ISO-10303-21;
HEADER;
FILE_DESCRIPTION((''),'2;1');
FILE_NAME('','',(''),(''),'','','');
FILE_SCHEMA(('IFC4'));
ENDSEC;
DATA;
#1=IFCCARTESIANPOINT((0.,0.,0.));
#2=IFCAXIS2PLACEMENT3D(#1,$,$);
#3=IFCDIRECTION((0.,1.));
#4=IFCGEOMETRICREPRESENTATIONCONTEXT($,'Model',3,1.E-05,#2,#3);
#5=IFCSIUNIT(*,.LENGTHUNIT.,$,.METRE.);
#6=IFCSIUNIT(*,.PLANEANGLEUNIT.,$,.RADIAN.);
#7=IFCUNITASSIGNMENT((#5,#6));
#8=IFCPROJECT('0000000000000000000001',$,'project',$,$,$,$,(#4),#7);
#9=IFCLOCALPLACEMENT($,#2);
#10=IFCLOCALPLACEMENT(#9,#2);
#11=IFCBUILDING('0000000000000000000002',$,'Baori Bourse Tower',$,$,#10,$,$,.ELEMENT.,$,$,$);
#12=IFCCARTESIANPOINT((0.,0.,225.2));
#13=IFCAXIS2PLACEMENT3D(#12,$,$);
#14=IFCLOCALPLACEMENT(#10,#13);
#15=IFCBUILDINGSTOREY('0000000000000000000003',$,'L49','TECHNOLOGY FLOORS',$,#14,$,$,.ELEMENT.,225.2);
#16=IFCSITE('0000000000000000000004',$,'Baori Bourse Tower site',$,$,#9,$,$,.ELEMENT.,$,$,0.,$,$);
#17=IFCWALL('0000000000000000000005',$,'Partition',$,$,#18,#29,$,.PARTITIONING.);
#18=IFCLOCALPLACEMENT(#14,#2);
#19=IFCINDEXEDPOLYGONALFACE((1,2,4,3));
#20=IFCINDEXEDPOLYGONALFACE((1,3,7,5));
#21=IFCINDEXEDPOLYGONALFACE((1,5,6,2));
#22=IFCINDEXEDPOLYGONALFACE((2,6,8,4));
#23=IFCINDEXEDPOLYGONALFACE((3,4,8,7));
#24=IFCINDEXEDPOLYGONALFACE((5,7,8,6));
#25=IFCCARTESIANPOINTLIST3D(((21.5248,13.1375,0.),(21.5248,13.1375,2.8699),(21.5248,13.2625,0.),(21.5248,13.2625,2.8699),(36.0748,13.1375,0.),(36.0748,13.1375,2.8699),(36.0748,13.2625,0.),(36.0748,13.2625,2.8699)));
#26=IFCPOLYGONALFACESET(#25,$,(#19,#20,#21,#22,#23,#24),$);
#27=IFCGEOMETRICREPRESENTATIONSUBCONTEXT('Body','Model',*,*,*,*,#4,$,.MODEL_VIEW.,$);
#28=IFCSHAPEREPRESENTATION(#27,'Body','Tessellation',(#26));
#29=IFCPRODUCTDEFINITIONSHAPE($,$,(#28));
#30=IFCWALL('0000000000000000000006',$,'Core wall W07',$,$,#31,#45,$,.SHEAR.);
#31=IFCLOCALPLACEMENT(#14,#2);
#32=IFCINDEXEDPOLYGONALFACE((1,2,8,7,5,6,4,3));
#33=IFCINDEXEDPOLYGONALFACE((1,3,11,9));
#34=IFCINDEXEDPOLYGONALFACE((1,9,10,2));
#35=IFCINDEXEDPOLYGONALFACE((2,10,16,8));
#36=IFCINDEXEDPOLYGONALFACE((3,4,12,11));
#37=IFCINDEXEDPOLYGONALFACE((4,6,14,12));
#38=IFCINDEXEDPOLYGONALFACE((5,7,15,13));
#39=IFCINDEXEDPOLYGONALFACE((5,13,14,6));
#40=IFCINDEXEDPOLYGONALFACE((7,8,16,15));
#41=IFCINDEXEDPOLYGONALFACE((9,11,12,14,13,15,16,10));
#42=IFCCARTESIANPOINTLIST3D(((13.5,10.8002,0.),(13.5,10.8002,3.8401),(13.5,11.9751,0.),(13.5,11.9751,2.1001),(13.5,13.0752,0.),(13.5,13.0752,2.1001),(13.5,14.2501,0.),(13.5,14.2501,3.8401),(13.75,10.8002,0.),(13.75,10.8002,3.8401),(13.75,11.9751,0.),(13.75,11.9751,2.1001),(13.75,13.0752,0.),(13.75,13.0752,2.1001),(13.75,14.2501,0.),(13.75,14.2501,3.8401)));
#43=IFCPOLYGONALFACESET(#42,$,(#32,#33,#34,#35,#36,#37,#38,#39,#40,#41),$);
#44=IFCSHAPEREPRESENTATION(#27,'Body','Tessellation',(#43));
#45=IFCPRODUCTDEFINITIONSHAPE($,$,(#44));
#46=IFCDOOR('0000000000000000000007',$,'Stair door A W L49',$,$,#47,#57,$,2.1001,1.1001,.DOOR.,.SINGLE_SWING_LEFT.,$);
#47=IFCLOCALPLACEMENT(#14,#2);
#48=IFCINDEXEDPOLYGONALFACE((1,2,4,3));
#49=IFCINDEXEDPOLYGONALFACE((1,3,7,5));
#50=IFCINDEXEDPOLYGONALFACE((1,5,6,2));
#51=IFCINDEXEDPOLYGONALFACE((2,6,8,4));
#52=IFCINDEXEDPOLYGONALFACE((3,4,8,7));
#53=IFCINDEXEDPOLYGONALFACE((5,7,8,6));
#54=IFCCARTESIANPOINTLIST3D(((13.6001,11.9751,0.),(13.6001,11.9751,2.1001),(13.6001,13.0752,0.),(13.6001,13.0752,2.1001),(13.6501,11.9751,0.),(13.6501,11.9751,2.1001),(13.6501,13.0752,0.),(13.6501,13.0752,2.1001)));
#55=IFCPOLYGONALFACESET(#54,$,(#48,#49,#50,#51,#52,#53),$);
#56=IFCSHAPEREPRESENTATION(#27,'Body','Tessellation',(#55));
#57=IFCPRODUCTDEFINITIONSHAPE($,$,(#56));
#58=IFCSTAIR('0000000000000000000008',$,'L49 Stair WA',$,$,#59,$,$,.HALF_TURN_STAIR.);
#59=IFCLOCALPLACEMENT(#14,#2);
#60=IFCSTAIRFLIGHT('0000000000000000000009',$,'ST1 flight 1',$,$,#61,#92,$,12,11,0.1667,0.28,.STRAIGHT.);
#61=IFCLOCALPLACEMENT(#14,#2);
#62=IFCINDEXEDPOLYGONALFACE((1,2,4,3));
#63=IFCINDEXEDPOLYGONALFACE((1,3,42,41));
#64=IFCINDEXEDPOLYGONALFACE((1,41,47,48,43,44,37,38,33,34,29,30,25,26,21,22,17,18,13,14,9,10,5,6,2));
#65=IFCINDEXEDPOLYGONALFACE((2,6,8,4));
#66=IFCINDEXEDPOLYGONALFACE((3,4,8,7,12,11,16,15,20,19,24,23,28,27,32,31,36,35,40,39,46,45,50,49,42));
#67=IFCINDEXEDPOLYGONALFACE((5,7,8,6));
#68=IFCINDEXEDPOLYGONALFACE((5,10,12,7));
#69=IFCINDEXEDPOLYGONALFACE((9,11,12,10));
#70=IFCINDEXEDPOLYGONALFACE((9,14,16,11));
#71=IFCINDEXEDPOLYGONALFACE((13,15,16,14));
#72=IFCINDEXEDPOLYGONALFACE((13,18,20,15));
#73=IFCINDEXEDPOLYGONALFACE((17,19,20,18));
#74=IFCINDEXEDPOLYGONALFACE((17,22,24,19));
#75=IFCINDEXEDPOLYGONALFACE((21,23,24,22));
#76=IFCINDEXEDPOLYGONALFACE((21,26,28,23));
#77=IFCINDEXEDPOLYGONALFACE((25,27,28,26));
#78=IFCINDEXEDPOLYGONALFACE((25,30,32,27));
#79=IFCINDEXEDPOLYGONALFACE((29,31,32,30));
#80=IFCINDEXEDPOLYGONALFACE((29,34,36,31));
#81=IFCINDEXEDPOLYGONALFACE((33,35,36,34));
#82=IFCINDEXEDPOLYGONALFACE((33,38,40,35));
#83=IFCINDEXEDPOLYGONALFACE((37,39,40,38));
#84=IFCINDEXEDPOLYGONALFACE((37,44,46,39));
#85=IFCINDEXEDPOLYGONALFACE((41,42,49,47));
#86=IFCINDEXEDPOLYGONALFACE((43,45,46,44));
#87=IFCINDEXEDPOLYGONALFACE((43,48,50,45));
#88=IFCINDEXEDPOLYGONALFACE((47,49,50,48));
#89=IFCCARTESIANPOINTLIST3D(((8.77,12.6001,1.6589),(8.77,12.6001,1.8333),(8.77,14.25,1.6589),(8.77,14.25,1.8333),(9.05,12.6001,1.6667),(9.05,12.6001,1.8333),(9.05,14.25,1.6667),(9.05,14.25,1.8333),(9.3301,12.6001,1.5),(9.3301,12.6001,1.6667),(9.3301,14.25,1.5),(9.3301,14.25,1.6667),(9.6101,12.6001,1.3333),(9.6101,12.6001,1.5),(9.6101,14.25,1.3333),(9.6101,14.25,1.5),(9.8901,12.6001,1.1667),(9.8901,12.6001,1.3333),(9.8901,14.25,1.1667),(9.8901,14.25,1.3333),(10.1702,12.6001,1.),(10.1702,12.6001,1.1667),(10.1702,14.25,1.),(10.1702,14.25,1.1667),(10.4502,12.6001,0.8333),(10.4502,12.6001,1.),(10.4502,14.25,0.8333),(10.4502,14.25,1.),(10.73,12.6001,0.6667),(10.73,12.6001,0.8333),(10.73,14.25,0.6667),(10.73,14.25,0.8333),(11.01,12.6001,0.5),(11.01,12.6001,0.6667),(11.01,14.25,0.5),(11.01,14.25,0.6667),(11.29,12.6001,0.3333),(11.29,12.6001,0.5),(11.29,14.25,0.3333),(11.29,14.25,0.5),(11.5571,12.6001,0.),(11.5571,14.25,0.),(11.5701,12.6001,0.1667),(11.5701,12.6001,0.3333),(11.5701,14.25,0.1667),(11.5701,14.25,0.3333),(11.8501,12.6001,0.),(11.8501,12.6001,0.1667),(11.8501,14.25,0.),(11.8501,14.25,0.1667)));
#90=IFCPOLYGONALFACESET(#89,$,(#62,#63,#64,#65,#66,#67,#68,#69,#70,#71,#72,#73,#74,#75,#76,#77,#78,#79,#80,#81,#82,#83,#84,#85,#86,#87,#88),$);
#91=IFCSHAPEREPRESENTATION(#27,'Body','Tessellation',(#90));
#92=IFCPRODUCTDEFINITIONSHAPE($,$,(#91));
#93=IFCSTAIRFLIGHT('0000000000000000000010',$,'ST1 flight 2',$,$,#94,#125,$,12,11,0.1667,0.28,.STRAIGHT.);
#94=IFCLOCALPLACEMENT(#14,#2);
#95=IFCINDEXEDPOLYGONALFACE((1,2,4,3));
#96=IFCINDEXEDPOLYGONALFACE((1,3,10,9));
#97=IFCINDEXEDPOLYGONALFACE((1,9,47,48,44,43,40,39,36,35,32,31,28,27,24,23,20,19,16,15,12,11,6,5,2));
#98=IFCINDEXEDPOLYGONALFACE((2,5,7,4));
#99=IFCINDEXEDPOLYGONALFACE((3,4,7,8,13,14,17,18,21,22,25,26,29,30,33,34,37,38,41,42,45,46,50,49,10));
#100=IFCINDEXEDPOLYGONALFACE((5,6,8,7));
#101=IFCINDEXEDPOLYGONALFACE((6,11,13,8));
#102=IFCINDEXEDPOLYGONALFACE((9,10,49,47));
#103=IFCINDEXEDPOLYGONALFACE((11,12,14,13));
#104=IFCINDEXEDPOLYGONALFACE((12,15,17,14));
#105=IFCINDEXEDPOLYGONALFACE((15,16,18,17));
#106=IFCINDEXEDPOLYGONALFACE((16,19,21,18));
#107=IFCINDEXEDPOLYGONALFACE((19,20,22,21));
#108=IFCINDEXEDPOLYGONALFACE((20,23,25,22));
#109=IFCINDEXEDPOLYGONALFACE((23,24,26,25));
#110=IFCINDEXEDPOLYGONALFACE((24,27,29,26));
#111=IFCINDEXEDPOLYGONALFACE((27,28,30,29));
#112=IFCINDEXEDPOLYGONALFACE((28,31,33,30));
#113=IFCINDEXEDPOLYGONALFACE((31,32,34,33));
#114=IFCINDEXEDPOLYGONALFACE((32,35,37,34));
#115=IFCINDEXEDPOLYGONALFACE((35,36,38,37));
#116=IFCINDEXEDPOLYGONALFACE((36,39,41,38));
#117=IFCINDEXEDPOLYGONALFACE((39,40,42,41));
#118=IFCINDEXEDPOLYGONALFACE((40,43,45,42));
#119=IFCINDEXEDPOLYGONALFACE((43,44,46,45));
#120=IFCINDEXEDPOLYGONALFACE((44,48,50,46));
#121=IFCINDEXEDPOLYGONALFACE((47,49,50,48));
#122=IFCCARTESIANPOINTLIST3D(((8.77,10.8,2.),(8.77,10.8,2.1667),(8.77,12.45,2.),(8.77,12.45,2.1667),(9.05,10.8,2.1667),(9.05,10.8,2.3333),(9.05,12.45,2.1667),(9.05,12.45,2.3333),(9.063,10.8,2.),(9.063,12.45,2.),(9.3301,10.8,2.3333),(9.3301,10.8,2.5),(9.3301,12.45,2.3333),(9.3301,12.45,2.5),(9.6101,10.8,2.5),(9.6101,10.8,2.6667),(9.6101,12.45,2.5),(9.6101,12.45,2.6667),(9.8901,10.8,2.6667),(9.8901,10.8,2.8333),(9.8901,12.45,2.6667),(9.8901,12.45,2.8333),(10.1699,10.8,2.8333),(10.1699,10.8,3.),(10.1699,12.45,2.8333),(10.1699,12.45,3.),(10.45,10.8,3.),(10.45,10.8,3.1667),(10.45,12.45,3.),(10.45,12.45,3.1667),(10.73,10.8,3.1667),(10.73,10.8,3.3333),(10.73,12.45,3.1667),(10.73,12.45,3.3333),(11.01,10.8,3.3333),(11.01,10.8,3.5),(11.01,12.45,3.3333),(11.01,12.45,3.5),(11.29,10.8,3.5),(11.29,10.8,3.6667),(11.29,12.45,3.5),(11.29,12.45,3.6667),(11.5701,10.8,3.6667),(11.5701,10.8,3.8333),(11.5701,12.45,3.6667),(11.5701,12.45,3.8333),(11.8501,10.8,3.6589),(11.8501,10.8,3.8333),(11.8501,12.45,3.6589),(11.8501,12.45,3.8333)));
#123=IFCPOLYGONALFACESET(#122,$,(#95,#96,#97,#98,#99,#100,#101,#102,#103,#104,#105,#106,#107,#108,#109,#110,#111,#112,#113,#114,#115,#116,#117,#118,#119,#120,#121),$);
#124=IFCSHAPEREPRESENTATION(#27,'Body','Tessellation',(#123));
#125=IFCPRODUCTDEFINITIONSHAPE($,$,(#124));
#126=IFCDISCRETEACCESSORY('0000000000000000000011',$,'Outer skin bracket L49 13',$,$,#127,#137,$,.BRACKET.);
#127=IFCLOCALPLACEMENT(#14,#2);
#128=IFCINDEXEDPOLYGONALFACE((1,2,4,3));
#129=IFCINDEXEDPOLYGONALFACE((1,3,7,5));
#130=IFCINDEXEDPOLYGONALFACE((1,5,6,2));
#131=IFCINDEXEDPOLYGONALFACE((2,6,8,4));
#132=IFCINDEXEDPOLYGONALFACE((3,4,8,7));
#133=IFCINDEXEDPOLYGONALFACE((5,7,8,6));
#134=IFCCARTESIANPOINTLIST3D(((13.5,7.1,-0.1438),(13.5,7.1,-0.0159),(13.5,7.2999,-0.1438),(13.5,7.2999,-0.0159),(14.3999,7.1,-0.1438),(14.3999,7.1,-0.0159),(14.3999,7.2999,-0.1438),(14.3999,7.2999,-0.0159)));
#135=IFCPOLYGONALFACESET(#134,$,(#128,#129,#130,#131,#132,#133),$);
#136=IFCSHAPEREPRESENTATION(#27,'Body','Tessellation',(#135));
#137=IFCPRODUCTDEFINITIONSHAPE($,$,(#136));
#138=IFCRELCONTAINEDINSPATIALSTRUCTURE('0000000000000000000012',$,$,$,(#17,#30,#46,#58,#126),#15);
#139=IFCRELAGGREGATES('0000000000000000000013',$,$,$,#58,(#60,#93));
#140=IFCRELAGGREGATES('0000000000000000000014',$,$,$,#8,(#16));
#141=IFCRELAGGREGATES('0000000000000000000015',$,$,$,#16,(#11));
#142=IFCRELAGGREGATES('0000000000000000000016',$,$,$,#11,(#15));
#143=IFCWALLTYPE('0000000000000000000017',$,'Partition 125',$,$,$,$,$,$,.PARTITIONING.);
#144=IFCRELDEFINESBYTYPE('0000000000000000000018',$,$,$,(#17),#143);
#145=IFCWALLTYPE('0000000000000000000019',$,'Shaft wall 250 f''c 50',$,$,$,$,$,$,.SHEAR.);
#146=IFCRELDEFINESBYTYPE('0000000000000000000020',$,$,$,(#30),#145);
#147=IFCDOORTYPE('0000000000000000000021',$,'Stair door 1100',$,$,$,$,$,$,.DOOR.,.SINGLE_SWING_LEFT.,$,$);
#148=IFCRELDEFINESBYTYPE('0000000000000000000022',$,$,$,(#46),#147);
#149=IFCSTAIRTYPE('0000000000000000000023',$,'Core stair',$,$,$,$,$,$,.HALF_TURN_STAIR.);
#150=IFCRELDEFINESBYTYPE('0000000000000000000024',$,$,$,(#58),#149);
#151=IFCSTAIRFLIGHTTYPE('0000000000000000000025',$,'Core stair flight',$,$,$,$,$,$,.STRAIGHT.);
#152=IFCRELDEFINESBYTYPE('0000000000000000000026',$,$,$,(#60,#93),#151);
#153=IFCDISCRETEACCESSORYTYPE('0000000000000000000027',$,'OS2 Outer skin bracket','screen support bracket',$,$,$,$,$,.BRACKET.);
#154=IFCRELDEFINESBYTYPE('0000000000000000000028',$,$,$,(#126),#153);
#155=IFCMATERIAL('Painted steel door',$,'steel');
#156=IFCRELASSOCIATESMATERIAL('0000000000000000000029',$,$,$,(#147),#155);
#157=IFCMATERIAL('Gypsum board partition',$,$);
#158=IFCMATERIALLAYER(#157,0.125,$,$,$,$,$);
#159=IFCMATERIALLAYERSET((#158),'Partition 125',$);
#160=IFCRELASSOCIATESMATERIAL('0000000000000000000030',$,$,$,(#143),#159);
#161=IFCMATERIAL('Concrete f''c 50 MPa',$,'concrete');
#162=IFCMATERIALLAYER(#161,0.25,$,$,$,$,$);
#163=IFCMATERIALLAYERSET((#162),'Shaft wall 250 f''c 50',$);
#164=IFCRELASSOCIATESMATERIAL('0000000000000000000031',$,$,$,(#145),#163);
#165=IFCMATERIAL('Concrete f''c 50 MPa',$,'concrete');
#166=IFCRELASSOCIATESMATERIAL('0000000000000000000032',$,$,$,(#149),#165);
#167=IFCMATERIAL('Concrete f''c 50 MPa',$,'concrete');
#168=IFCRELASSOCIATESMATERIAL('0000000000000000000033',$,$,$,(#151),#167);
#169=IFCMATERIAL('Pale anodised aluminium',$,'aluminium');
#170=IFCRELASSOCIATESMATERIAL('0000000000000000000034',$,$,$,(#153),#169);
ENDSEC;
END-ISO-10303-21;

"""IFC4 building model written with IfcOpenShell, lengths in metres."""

from ifc_helpers import new_model, si_unit, direction, frame, frame_2d, origin, origin_2d, place, context, subcontext, project, spatial, polyline, rectangle, outline, extrude, material, layer, layer_set, type_object, element, fill, aggregate, save


model = new_model("IFC4")

# Units and contexts
model_context = context("Model", 3, precision=1e-05, world=origin(), true_north=direction((0.0, 1.0)))
body_context = subcontext(model_context, "Body", "Model", "MODEL_VIEW")
ifc_project = project(units=[si_unit("LENGTHUNIT", "METRE"), si_unit("PLANEANGLEUNIT", "RADIAN")], contexts=[model_context])

# Site, building, storey
site_placement = place(None, origin())
site = spatial("IfcSite", under=ifc_project, at=site_placement, Name="Baori Bourse Tower site", CompositionType="ELEMENT", RefElevation=0.0)
building_placement = place(site_placement, origin())
building = spatial("IfcBuilding", under=site, at=building_placement, Name="Baori Bourse Tower", CompositionType="ELEMENT")
storey_placement = place(building_placement, frame((0.0, 0.0, 225.2)))
storey = spatial("IfcBuildingStorey", under=building, at=storey_placement, Name="L49", Description="TECHNOLOGY FLOORS", CompositionType="ELEMENT", Elevation=225.2)

# Shared definitions
ifc_material_1 = material(Name="Painted steel door", Category="steel")
door_type_1 = type_object("IfcDoorType", Name="Stair door 1100", OperationType="SINGLE_SWING_LEFT", PredefinedType="DOOR", material=ifc_material_1)

# Wall
ifc_material_2 = material(Name="Gypsum board partition")
ifc_layer_1 = layer(ifc_material_2, 0.125)
ifc_layer_set_1 = layer_set([ifc_layer_1], Name="Partition 125")
wall_type_1 = type_object("IfcWallType", Name="Partition 125", PredefinedType="PARTITIONING", material=ifc_layer_set_1)
wall_1_placement = place(storey_placement, frame((21.5249, 13.2, 0.0), z_axis=(0.0, 0.0, 1.0), x_axis=(1.0, 0.0, 0.0)))
element("IfcWall", 1, at=wall_1_placement, inside=storey, type_object=wall_type_1, Name="Partition", PredefinedType="PARTITIONING", context=body_context, shape_type="SweptSolid", body=[
    extrude(rectangle(XDim=14.55, YDim=0.125, at=frame_2d((7.2749, 0.0))), origin(), (0.0, 0.0, 1.0), 2.8699),
])

# Wall, opening, door
ifc_material_3 = material(Name="Concrete f'c 50 MPa", Category="concrete")
ifc_layer_2 = layer(ifc_material_3, 0.25)
ifc_layer_set_2 = layer_set([ifc_layer_2], Name="Shaft wall 250 f'c 50")
wall_type_2 = type_object("IfcWallType", Name="Shaft wall 250 f'c 50", PredefinedType="SHEAR", material=ifc_layer_set_2)
wall_2_placement = place(storey_placement, frame((13.625, 10.8, 0.0), z_axis=(0.0, 0.0, 1.0), x_axis=(0.0, 1.0, 0.0)))
wall_2 = element("IfcWall", 2, at=wall_2_placement, inside=storey, type_object=wall_type_2, Name="Core wall W07", PredefinedType="SHEAR", context=body_context, shape_type="SweptSolid", body=[
    extrude(rectangle(XDim=3.45, YDim=0.25, at=frame_2d((1.7251, 0.0))), origin(), (0.0, 0.0, 1.0), 3.8401),
])
opening_1_placement = place(wall_2_placement, frame((1.175, 0.0, 0.0)))
opening_1 = element("IfcOpeningElement", 3, at=opening_1_placement, cuts=wall_2, PredefinedType="OPENING", context=body_context, shape_type="SweptSolid", body=[
    extrude(rectangle(XDim=1.1001, YDim=2.1001, at=frame_2d((0.55, 1.05))), frame((0.0, 0.135, 0.0), z_axis=(0.0, -1.0, 0.0), x_axis=(1.0, 0.0, 0.0)), (0.0, 0.0, 1.0), 0.27),
])
door_1_placement = place(opening_1_placement, origin())
door_1 = element("IfcDoor", 4, at=door_1_placement, inside=storey, type_object=door_type_1, Name="Stair door A W L49", OperationType="SINGLE_SWING_LEFT", OverallHeight=2.1001, OverallWidth=1.1001, PredefinedType="DOOR", context=body_context, shape_type="SweptSolid", body=[
    extrude(rectangle(XDim=1.1001, YDim=2.1001, at=frame_2d((0.55, 1.05))), frame((0.0, 0.0249, 0.0), z_axis=(0.0, -1.0, 0.0), x_axis=(1.0, 0.0, 0.0)), (0.0, 0.0, 1.0), 0.05),
])
fill(opening_1, door_1)

# Stair, stair flights
ifc_material_4 = material(Name="Concrete f'c 50 MPa", Category="concrete")
stair_type = type_object("IfcStairType", Name="Core stair", PredefinedType="HALF_TURN_STAIR", material=ifc_material_4)
stair_placement = place(storey_placement, origin())
stair = element("IfcStair", 5, at=stair_placement, inside=storey, type_object=stair_type, Name="L49 Stair WA", PredefinedType="HALF_TURN_STAIR")
ifc_material_5 = material(Name="Concrete f'c 50 MPa", Category="concrete")
stair_flight_type = type_object("IfcStairFlightType", Name="Core stair flight", PredefinedType="STRAIGHT", material=ifc_material_5)
stair_flight_1_placement = place(storey_placement, frame((11.8501, 13.425, 0.0), z_axis=(0.0, 0.0, 1.0), x_axis=(-1.0, 0.0, 0.0)))
stair_flight_1 = element("IfcStairFlight", 6, at=stair_flight_1_placement, type_object=stair_flight_type, Name="ST1 flight 1", NumberOfRisers=12, NumberOfTreads=11, PredefinedType="STRAIGHT", RiserHeight=0.1667, TreadLength=0.28, context=body_context, shape_type="SweptSolid", body=[
    extrude(outline(polyline([(0.0, 0.0), (0.0, 0.1667), (0.28, 0.1667), (0.28, 0.3333), (0.5601, 0.3333), (0.5601, 0.5), (0.8401, 0.5), (0.8401, 0.6667), (1.1201, 0.6667), (1.1201, 0.8333), (1.3999, 0.8333), (1.3999, 1.0), (1.6799, 1.0), (1.6799, 1.1667), (1.96, 1.1667), (1.96, 1.3333), (2.24, 1.3333), (2.24, 1.5), (2.52, 1.5), (2.52, 1.6667), (2.8, 1.6667), (2.8, 1.8333), (3.0801, 1.8333), (3.0801, 2.0), (3.0801, 1.6589), (0.293, 0.0), (0.0, 0.0)])), frame((0.0, 0.825, 0.0), z_axis=(0.0, -1.0, 0.0), x_axis=(1.0, 0.0, 0.0)), (0.0, 0.0, 1.0), 1.6499),
])
stair_flight_2_placement = place(storey_placement, frame((8.77, 11.625, 2.0), z_axis=(0.0, 0.0, 1.0), x_axis=(1.0, 0.0, 0.0)))
stair_flight_2 = element("IfcStairFlight", 7, at=stair_flight_2_placement, type_object=stair_flight_type, Name="ST1 flight 2", NumberOfRisers=12, NumberOfTreads=11, PredefinedType="STRAIGHT", RiserHeight=0.1667, TreadLength=0.28, context=body_context, shape_type="SweptSolid", body=[
    extrude(outline(polyline([(0.0, 0.0), (0.0, 0.1667), (0.28, 0.1667), (0.28, 0.3333), (0.5601, 0.3333), (0.5601, 0.5), (0.8401, 0.5), (0.8401, 0.6667), (1.1201, 0.6667), (1.1201, 0.8333), (1.3999, 0.8333), (1.3999, 1.0), (1.6799, 1.0), (1.6799, 1.1667), (1.96, 1.1667), (1.96, 1.3333), (2.24, 1.3333), (2.24, 1.5), (2.52, 1.5), (2.52, 1.6667), (2.8, 1.6667), (2.8, 1.8333), (3.0801, 1.8333), (3.0801, 2.0), (3.0801, 1.6589), (0.293, 0.0), (0.0, 0.0)])), frame((0.0, 0.825, 0.0), z_axis=(0.0, -1.0, 0.0), x_axis=(1.0, 0.0, 0.0)), (0.0, 0.0, 1.0), 1.6499),
])
aggregate(stair, [stair_flight_1, stair_flight_2])

# Discrete accessory
ifc_material_6 = material(Name="Pale anodised aluminium", Category="aluminium")
discrete_accessory_type = type_object("IfcDiscreteAccessoryType", Name="OS2 Outer skin bracket", Description="screen support bracket", PredefinedType="BRACKET", material=ifc_material_6)
discrete_accessory_placement = place(storey_placement, frame((13.95, 7.2, -0.1438), z_axis=(0.0, 0.0, 1.0), x_axis=(0.0, -1.0, 0.0)))
element("IfcDiscreteAccessory", 8, at=discrete_accessory_placement, inside=storey, type_object=discrete_accessory_type, Name="Outer skin bracket L49 13", PredefinedType="BRACKET", context=body_context, shape_type="SweptSolid", body=[
    extrude(rectangle(XDim=0.2, YDim=0.8999, at=origin_2d()), origin(), (0.0, 0.0, 1.0), 0.1279),
])

save(model, "model.ifc")
